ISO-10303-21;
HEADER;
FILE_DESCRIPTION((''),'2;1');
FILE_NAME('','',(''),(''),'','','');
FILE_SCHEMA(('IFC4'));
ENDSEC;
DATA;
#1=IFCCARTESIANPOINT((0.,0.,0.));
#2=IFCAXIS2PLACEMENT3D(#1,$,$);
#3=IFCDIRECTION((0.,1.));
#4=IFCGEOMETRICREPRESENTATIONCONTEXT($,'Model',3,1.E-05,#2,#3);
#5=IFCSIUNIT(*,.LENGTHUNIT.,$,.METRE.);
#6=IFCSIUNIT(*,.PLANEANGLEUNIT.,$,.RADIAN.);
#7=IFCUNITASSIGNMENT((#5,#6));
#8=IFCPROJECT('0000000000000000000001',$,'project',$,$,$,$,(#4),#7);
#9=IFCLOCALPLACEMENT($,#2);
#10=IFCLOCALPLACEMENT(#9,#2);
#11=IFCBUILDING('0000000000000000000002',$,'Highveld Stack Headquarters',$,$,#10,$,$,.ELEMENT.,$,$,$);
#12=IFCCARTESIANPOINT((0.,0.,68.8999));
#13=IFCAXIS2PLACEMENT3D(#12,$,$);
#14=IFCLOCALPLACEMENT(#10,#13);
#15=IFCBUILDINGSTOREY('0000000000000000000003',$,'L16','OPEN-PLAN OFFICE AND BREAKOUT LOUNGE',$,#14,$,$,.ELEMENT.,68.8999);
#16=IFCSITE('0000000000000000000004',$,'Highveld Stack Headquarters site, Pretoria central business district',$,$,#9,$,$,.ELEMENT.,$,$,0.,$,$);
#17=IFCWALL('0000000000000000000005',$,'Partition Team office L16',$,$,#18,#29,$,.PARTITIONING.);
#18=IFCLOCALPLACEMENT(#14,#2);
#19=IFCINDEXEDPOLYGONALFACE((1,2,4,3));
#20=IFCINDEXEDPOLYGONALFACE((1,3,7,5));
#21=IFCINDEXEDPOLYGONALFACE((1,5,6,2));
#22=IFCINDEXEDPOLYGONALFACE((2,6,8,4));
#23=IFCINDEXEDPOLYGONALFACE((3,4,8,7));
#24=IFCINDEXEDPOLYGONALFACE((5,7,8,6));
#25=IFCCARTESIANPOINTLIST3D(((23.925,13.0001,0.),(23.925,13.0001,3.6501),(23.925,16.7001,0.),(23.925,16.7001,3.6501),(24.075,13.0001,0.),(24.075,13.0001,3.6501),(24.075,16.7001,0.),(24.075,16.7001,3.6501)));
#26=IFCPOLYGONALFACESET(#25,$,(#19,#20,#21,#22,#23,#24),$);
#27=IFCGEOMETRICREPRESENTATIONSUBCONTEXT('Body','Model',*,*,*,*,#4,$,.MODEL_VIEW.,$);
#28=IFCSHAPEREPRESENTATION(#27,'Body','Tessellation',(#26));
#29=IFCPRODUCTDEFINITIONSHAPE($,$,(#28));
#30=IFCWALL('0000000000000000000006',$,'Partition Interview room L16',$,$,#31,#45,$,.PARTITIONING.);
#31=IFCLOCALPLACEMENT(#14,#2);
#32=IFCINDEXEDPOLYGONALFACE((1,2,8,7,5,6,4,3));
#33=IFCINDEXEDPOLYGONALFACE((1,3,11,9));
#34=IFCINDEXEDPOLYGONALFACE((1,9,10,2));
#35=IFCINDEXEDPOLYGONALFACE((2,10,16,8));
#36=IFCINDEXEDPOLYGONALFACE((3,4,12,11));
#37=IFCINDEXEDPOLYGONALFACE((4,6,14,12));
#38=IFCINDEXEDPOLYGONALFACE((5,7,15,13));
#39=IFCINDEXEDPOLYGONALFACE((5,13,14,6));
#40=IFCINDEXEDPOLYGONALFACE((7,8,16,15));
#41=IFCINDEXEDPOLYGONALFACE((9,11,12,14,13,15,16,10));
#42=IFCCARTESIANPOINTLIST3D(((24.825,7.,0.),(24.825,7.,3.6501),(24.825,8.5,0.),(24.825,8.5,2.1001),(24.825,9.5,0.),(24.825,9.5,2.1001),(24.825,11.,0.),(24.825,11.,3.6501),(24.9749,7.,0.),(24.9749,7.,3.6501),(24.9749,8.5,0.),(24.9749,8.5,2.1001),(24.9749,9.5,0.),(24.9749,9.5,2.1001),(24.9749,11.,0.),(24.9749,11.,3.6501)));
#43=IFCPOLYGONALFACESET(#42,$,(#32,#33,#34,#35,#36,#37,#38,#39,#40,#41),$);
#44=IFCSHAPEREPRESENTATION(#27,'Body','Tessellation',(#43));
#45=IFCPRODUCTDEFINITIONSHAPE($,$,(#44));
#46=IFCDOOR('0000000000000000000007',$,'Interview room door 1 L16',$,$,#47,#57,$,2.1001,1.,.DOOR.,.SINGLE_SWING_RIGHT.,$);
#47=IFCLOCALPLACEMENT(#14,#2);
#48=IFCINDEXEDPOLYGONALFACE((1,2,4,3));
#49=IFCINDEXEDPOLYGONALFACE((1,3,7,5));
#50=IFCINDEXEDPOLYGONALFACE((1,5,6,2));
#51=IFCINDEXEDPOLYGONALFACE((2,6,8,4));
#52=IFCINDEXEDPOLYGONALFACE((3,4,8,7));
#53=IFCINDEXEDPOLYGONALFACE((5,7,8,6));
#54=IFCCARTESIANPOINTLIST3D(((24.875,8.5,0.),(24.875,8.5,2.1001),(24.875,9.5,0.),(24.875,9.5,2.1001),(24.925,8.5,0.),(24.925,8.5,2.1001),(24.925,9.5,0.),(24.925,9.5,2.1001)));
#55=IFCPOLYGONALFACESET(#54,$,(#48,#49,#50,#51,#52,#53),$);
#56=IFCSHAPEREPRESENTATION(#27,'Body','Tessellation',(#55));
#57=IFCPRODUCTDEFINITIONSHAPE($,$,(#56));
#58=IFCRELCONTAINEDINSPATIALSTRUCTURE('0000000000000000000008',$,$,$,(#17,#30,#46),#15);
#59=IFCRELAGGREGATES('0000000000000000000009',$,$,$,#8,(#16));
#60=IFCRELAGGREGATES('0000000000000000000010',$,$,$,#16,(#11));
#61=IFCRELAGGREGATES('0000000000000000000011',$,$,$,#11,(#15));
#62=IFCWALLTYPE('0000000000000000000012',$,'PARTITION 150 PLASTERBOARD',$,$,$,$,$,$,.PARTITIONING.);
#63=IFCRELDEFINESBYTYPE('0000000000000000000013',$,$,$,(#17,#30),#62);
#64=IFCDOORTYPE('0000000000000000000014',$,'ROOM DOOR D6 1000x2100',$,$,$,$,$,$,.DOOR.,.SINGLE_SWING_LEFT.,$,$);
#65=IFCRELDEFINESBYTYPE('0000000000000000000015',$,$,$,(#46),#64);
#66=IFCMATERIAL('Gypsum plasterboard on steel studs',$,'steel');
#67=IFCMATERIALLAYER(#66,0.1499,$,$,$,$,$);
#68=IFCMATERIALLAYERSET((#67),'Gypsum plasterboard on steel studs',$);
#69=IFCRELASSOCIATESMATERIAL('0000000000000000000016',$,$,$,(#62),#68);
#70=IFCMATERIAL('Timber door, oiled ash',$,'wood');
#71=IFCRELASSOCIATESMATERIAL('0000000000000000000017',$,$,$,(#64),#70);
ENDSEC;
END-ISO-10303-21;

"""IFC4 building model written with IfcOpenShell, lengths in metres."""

from ifc_helpers import new_model, si_unit, direction, frame, frame_2d, origin, place, context, subcontext, project, spatial, rectangle, extrude, material, layer, layer_set, type_object, element, fill, save


model = new_model("IFC4")

# Units and contexts
model_context = context("Model", 3, precision=1e-05, world=origin(), true_north=direction((0.0, 1.0)))
body_context = subcontext(model_context, "Body", "Model", "MODEL_VIEW")
ifc_project = project(units=[si_unit("LENGTHUNIT", "METRE"), si_unit("PLANEANGLEUNIT", "RADIAN")], contexts=[model_context])

# Site, building, storey
site_placement = place(None, origin())
site = spatial("IfcSite", under=ifc_project, at=site_placement, Name="Highveld Stack Headquarters site, Pretoria central business district", CompositionType="ELEMENT", RefElevation=0.0)
building_placement = place(site_placement, origin())
building = spatial("IfcBuilding", under=site, at=building_placement, Name="Highveld Stack Headquarters", CompositionType="ELEMENT")
storey_placement = place(building_placement, frame((0.0, 0.0, 68.8999)))
storey = spatial("IfcBuildingStorey", under=building, at=storey_placement, Name="L16", Description="OPEN-PLAN OFFICE AND BREAKOUT LOUNGE", CompositionType="ELEMENT", Elevation=68.8999)

# Wall
ifc_material_1 = material(Name="Gypsum plasterboard on steel studs", Category="steel")
ifc_layer_1 = layer(ifc_material_1, 0.1499)
ifc_layer_set_1 = layer_set([ifc_layer_1], Name="Gypsum plasterboard on steel studs")
wall_type = type_object("IfcWallType", Name="PARTITION 150 PLASTERBOARD", PredefinedType="PARTITIONING", material=ifc_layer_set_1)
wall_1_placement = place(storey_placement, frame((24.0, 13.0, 0.0), z_axis=(0.0, 0.0, 1.0), x_axis=(0.0, 1.0, 0.0)))
element("IfcWall", 1, at=wall_1_placement, inside=storey, type_object=wall_type, Name="Partition Team office L16", PredefinedType="PARTITIONING", context=body_context, shape_type="SweptSolid", body=[
    extrude(rectangle(XDim=3.7, YDim=0.1499, at=frame_2d((1.8501, 0.0))), origin(), (0.0, 0.0, 1.0), 3.6501),
])

# Wall, opening, door
wall_2_placement = place(storey_placement, frame((24.8999, 7.0, 0.0), z_axis=(0.0, 0.0, 1.0), x_axis=(0.0, 1.0, 0.0)))
wall_2 = element("IfcWall", 2, at=wall_2_placement, inside=storey, type_object=wall_type, Name="Partition Interview room L16", PredefinedType="PARTITIONING", context=body_context, shape_type="SweptSolid", body=[
    extrude(rectangle(XDim=4.0, YDim=0.1499, at=frame_2d((2.0, 0.0))), origin(), (0.0, 0.0, 1.0), 3.6501),
])
opening_placement = place(wall_2_placement, frame((1.5, 0.0, 0.0)))
opening = element("IfcOpeningElement", 3, at=opening_placement, cuts=wall_2, PredefinedType="OPENING", context=body_context, shape_type="SweptSolid", body=[
    extrude(rectangle(XDim=1.0, YDim=2.1001, at=frame_2d((0.5, 1.05))), frame((0.0, 0.085, 0.0), z_axis=(0.0, -1.0, 0.0), x_axis=(1.0, 0.0, 0.0)), (0.0, 0.0, 1.0), 0.1699),
])
ifc_material_2 = material(Name="Timber door, oiled ash", Category="wood")
door_type = type_object("IfcDoorType", Name="ROOM DOOR D6 1000x2100", OperationType="SINGLE_SWING_LEFT", PredefinedType="DOOR", material=ifc_material_2)
door_placement = place(opening_placement, origin())
door = element("IfcDoor", 4, at=door_placement, inside=storey, type_object=door_type, Name="Interview room door 1 L16", OperationType="SINGLE_SWING_RIGHT", OverallHeight=2.1001, OverallWidth=1.0, PredefinedType="DOOR", context=body_context, shape_type="SweptSolid", body=[
    extrude(rectangle(XDim=1.0, YDim=2.1001, at=frame_2d((0.5, 1.05))), frame((0.0, 0.0249, 0.0), z_axis=(0.0, -1.0, 0.0), x_axis=(1.0, 0.0, 0.0)), (0.0, 0.0, 1.0), 0.05),
])
fill(opening, door)

save(model, "model.ifc")
